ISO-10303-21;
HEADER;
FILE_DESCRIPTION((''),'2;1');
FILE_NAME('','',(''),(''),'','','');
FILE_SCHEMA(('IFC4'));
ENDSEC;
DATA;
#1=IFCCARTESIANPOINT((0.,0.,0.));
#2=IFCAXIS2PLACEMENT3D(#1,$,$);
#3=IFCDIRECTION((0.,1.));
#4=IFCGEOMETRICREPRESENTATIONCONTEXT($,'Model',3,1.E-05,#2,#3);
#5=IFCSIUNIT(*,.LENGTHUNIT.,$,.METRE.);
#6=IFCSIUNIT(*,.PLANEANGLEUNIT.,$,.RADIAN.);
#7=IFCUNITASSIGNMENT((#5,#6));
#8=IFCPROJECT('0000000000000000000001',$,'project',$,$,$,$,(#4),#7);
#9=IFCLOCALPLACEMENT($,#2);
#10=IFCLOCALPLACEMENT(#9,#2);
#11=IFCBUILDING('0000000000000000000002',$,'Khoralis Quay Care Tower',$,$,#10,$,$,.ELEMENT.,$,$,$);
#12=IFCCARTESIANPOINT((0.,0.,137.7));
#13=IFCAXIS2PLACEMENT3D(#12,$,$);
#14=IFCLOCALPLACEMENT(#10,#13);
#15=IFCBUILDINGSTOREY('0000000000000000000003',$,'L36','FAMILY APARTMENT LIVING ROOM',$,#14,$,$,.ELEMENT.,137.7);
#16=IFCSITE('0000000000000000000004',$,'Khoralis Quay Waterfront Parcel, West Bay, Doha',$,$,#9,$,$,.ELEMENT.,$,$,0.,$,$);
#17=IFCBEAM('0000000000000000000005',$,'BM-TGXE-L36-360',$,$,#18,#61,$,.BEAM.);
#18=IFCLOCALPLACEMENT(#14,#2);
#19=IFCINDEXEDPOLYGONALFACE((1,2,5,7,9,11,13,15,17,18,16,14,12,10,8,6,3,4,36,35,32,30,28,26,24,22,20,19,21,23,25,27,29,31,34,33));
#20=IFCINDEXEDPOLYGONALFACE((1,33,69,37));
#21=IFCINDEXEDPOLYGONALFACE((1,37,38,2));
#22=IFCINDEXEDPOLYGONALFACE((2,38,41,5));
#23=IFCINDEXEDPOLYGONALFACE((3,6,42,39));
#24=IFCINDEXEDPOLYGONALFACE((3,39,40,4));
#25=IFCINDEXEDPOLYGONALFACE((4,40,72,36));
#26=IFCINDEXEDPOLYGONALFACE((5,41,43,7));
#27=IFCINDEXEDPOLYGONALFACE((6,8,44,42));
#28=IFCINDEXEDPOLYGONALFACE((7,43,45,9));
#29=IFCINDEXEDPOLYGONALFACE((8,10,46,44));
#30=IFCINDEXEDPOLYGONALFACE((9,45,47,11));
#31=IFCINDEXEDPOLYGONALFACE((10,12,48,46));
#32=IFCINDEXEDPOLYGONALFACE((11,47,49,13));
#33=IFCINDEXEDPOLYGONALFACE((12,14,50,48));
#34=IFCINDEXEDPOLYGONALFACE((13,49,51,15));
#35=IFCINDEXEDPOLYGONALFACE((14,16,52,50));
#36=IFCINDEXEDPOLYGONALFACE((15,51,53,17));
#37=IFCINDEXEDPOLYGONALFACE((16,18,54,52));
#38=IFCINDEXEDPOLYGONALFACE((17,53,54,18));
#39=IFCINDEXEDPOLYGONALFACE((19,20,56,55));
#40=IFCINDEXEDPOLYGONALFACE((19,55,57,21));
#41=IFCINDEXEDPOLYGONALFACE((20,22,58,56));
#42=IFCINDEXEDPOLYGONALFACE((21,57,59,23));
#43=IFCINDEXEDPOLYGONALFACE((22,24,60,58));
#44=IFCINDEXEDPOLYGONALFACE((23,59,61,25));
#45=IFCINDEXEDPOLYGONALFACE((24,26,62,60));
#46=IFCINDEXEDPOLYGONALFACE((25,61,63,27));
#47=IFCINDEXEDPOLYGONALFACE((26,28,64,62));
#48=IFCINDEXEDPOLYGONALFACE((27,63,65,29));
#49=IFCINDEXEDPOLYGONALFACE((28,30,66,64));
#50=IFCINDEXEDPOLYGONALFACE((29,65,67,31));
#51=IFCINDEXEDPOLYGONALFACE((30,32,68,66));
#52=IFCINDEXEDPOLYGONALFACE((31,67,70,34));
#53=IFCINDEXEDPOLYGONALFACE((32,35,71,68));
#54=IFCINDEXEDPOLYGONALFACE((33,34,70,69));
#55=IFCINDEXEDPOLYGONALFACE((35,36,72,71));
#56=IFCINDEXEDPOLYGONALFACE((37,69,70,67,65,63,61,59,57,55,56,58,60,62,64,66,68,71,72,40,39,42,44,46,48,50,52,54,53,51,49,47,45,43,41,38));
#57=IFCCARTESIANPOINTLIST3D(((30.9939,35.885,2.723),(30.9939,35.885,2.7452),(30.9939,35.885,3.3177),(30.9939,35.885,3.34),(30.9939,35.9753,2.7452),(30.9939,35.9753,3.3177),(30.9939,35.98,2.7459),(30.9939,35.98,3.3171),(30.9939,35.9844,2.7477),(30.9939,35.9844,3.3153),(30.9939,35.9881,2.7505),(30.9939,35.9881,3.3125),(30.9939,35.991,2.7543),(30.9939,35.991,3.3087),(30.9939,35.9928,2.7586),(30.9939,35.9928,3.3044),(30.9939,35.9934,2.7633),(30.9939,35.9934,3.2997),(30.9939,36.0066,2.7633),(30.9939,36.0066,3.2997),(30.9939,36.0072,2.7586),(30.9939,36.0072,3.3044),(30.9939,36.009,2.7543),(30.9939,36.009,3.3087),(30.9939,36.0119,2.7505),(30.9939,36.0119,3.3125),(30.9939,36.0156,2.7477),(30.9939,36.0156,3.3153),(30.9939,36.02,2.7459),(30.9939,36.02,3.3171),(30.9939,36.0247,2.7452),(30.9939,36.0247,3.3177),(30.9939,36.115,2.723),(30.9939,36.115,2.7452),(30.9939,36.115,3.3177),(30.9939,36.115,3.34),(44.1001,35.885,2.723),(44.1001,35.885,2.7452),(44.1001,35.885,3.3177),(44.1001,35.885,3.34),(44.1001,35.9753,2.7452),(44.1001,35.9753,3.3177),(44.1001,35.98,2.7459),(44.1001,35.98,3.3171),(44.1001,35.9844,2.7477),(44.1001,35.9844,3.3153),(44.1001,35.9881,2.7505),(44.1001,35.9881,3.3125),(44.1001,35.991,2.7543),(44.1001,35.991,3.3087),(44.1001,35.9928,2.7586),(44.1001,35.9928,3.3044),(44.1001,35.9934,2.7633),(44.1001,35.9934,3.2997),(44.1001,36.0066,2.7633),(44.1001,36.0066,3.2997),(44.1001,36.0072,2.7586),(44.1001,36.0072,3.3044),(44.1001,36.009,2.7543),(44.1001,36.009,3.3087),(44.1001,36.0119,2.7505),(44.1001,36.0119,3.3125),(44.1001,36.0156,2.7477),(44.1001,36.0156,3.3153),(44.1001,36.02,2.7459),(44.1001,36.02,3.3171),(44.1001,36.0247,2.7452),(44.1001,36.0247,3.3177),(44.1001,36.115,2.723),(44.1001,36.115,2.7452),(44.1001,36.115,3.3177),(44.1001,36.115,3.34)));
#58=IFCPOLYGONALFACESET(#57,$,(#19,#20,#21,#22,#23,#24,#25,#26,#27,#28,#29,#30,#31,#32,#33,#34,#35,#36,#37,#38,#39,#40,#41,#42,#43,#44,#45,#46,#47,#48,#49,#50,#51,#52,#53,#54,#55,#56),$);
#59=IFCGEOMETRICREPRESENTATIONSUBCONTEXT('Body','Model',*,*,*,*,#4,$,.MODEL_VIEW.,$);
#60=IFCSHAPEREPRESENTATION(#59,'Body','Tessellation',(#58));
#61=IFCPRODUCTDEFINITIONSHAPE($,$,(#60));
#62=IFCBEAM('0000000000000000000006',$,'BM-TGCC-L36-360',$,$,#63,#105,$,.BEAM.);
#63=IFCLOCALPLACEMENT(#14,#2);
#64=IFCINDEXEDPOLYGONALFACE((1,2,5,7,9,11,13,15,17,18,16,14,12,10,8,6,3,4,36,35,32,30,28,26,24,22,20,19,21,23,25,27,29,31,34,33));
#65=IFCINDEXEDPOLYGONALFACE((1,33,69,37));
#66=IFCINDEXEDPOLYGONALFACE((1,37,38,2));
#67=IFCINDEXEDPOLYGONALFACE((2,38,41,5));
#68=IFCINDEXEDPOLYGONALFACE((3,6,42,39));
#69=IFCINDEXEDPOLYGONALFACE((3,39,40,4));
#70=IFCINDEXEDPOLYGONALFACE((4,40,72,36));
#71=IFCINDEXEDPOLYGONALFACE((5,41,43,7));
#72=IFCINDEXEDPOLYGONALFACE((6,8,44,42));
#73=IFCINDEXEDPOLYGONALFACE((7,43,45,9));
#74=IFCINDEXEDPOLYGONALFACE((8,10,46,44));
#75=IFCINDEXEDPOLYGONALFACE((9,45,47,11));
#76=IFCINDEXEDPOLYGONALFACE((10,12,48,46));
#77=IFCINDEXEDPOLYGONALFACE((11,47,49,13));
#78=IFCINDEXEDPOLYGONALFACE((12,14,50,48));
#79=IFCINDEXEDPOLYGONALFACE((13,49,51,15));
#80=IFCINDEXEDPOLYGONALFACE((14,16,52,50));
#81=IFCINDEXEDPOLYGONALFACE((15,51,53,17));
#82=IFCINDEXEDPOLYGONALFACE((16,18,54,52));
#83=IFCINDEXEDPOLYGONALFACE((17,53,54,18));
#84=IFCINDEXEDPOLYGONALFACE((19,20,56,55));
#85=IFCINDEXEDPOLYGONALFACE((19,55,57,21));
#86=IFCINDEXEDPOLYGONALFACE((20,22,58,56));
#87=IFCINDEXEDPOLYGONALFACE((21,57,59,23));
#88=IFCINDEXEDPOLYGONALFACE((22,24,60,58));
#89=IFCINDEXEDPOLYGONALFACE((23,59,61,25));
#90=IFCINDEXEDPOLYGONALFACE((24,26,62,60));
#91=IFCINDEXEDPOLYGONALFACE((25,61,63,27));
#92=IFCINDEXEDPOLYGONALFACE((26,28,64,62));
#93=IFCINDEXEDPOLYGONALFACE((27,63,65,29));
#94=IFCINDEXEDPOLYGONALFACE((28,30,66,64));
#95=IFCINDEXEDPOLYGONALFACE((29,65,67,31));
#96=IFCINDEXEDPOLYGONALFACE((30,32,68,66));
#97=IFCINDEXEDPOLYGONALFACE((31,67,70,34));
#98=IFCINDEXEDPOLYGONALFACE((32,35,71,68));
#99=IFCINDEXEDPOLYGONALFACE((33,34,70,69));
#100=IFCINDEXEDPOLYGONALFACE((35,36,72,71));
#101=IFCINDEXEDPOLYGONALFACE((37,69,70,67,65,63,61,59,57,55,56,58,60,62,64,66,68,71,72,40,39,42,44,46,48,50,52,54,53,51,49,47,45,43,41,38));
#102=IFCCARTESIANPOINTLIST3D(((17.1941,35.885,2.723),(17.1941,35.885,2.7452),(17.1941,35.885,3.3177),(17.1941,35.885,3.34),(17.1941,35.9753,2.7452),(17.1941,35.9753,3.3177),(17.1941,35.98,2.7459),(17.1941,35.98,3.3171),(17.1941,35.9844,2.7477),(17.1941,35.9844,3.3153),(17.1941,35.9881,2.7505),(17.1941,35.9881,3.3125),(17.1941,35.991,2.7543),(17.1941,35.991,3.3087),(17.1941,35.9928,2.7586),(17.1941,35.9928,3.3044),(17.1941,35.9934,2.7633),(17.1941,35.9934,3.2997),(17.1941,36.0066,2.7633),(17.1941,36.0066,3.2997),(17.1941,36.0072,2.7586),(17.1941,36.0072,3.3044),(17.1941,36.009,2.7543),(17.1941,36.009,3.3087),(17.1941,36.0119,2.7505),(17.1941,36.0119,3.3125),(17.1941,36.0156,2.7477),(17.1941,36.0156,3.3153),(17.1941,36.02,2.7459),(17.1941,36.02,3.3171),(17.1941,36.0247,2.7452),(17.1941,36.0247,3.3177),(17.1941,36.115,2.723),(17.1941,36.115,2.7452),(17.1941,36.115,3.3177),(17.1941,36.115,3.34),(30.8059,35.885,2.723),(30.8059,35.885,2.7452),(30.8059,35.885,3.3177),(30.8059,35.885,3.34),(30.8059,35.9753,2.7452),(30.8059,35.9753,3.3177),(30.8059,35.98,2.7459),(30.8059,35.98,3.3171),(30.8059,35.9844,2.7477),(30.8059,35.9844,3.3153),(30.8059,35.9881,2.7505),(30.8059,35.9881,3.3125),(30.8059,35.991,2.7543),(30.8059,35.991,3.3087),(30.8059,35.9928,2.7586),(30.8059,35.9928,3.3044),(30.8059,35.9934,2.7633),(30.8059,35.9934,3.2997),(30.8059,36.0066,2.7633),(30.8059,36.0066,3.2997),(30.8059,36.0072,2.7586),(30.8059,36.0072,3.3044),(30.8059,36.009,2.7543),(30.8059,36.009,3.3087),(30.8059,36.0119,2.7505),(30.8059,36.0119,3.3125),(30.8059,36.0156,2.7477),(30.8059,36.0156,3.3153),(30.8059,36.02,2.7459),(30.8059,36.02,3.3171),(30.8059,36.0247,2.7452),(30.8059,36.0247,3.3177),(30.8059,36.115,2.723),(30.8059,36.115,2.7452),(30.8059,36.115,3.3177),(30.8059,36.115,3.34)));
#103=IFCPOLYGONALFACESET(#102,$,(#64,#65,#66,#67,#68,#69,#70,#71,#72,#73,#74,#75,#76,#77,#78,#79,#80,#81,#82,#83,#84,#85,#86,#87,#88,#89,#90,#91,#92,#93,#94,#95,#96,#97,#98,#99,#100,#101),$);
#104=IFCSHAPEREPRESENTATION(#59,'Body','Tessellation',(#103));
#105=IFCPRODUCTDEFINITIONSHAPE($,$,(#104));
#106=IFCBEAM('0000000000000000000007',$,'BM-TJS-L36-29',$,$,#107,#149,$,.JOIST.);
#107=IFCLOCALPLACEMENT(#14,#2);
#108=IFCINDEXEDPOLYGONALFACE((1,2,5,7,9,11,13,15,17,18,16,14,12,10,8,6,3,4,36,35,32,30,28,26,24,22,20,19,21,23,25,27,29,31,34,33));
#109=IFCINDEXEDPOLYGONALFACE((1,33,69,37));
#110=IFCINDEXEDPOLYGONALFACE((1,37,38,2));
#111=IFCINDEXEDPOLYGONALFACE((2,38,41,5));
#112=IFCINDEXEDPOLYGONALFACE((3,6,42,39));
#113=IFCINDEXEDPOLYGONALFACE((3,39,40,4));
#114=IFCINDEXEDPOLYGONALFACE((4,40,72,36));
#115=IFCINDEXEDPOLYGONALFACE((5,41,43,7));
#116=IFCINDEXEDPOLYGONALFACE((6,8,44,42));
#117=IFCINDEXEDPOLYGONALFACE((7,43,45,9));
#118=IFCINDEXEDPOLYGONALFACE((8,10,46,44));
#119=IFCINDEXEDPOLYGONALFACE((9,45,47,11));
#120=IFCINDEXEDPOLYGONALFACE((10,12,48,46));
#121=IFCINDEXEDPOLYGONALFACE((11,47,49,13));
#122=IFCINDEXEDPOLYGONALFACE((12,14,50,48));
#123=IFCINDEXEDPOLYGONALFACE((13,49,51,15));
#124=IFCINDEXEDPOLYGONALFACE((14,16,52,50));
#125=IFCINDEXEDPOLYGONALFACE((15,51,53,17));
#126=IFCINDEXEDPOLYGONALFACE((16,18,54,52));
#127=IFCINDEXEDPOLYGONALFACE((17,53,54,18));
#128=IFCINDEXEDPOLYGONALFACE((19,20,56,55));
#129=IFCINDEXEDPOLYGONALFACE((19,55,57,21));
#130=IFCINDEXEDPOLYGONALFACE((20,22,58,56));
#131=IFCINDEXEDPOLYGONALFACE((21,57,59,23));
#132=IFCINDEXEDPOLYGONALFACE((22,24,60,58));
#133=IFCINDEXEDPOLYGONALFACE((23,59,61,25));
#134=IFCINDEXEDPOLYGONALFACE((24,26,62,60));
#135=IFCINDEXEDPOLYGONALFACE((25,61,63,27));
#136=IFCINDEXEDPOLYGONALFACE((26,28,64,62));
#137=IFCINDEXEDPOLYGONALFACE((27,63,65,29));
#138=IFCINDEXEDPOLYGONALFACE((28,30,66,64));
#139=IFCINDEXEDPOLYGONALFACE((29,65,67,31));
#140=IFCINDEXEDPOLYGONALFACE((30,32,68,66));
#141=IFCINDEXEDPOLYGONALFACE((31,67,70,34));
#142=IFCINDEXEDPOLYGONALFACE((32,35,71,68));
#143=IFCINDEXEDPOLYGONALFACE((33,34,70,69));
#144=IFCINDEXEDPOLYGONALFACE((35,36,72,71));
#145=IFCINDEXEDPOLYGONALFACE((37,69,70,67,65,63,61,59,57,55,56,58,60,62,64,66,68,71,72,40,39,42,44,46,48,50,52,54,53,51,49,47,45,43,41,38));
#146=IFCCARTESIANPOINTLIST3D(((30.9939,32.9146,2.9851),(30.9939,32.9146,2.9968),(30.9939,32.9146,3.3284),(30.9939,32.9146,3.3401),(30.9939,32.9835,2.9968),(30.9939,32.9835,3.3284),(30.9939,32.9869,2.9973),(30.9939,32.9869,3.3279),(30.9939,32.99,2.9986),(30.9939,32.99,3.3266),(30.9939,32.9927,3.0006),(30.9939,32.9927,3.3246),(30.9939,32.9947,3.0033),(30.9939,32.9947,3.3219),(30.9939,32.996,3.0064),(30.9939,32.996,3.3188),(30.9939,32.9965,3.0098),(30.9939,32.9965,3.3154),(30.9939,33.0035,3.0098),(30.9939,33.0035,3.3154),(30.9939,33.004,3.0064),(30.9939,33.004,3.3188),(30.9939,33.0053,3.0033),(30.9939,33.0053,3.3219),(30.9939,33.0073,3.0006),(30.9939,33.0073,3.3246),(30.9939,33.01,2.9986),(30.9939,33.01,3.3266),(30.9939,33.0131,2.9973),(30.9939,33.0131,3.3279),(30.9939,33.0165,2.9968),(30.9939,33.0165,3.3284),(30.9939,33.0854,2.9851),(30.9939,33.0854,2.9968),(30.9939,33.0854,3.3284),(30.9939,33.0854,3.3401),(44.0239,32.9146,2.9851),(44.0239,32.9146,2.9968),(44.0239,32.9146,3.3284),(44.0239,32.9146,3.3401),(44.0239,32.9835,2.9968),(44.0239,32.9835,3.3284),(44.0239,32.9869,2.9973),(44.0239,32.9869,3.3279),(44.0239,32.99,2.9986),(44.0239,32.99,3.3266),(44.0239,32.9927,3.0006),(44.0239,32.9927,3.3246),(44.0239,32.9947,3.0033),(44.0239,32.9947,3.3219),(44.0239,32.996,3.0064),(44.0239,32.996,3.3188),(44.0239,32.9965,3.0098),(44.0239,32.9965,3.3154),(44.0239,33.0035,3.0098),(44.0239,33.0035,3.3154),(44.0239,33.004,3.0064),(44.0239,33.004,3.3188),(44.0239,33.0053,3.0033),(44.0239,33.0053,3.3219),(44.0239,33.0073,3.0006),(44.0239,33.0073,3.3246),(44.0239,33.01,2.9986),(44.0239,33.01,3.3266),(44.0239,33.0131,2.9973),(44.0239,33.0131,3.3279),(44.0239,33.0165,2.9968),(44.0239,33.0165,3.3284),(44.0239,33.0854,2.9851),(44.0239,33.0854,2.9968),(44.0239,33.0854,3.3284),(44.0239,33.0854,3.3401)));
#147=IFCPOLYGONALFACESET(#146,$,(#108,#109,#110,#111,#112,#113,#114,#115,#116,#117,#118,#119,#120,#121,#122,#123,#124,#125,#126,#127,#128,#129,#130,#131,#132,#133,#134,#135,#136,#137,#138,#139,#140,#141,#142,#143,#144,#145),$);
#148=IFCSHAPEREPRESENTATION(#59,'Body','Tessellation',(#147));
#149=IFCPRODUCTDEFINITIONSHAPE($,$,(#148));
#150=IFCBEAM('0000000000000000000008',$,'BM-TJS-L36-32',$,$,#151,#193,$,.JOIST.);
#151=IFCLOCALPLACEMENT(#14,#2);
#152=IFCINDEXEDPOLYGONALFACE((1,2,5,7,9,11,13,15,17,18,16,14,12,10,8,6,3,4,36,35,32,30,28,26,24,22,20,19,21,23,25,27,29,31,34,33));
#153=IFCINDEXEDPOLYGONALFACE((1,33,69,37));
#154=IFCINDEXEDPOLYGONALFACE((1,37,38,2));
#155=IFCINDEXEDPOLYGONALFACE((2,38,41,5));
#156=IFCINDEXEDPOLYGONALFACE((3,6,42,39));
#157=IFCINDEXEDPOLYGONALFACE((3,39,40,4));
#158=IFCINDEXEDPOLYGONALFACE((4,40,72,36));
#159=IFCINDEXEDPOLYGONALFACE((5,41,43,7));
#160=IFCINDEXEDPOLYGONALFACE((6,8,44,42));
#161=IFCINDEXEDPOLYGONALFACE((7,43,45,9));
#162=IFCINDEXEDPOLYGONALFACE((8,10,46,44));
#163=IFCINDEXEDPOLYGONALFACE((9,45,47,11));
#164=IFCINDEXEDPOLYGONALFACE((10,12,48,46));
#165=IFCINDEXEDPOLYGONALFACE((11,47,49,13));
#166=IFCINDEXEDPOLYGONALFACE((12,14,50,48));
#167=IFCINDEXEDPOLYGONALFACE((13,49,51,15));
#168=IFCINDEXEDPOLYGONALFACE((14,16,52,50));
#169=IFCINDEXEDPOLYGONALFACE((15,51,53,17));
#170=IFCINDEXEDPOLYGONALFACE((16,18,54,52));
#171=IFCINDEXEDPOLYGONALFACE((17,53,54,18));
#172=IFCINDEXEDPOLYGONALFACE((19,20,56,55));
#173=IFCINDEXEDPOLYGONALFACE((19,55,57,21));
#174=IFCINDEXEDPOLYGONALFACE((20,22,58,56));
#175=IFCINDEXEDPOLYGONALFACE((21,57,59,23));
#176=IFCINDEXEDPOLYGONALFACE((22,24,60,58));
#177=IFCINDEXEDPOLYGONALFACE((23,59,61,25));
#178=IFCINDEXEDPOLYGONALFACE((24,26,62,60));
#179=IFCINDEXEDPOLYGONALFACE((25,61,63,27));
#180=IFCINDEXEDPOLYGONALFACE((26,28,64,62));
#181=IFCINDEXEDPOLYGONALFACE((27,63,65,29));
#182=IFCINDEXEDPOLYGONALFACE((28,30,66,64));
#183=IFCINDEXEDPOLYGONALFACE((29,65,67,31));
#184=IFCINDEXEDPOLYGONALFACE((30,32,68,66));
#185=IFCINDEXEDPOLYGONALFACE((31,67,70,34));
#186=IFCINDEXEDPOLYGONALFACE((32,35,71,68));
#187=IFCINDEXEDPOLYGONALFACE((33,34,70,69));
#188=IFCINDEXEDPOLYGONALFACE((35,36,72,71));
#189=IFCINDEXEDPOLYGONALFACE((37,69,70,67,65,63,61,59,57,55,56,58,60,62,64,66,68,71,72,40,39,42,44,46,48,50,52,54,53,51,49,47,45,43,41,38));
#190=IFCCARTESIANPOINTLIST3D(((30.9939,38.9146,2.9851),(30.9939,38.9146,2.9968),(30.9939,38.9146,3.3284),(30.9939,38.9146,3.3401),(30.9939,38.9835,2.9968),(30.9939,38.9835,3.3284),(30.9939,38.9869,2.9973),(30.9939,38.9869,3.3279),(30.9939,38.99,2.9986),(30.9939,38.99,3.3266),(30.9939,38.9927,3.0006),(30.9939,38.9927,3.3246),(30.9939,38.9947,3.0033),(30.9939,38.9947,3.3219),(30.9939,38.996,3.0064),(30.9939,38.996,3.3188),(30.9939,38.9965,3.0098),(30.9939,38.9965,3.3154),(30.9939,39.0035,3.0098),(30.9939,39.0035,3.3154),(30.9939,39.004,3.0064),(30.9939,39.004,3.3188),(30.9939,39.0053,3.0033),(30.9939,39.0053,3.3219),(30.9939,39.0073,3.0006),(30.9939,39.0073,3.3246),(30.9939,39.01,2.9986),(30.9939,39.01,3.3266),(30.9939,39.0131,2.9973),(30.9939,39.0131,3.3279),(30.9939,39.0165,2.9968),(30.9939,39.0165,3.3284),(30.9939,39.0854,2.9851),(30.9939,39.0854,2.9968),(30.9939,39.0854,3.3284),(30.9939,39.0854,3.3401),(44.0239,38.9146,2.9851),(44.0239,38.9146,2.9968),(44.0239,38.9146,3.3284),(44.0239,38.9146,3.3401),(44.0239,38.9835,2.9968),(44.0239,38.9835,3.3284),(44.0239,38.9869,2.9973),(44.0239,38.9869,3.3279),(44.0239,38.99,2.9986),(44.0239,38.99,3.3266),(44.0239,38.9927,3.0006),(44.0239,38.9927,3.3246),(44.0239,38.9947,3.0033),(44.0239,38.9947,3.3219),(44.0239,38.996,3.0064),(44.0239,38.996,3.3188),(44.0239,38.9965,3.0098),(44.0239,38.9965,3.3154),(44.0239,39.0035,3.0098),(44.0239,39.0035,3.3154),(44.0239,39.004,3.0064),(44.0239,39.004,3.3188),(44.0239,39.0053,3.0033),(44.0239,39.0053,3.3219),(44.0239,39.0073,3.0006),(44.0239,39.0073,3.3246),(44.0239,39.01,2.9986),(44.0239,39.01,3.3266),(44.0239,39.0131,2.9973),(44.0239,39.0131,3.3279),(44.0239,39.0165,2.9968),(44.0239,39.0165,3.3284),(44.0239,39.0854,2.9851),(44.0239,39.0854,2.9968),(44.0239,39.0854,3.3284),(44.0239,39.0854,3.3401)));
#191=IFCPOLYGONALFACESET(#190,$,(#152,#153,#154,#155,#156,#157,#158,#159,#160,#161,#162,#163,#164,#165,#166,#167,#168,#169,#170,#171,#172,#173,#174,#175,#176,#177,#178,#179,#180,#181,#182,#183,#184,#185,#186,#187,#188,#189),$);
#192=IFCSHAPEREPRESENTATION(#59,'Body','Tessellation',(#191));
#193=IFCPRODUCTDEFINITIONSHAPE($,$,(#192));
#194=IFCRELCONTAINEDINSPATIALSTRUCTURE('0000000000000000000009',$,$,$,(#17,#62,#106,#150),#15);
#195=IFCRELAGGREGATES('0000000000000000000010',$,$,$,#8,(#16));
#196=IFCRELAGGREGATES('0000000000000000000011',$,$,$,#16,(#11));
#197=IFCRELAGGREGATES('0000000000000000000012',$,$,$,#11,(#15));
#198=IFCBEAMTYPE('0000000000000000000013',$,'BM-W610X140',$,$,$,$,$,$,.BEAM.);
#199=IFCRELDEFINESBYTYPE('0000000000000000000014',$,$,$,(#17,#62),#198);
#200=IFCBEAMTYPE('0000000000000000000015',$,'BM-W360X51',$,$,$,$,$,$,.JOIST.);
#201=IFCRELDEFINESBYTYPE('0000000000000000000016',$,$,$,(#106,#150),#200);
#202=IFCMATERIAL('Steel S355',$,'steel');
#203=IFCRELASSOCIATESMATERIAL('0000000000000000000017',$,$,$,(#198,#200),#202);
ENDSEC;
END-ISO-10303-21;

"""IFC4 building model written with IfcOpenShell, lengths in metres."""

from ifc_helpers import new_model, si_unit, direction, frame, origin, origin_2d, place, context, subcontext, project, spatial, i_section, extrude, source, transform, mapped, material, material_profile, profile_set, type_object, element, save


model = new_model("IFC4")

# Units and contexts
model_context = context("Model", 3, precision=1e-05, world=origin(), true_north=direction((0.0, 1.0)))
body_context = subcontext(model_context, "Body", "Model", "MODEL_VIEW")
ifc_project = project(units=[si_unit("LENGTHUNIT", "METRE"), si_unit("PLANEANGLEUNIT", "RADIAN")], contexts=[model_context])

# Site, building, storey
site_placement = place(None, origin())
site = spatial("IfcSite", under=ifc_project, at=site_placement, Name="Khoralis Quay Waterfront Parcel, West Bay, Doha", CompositionType="ELEMENT", RefElevation=0.0)
building_placement = place(site_placement, origin())
building = spatial("IfcBuilding", under=site, at=building_placement, Name="Khoralis Quay Care Tower", CompositionType="ELEMENT")
storey_placement = place(building_placement, frame((0.0, 0.0, 137.7)))
storey = spatial("IfcBuildingStorey", under=building, at=storey_placement, Name="L36", Description="FAMILY APARTMENT LIVING ROOM", CompositionType="ELEMENT", Elevation=137.7)

# Beams
ifc_material_1 = material(Name="Steel S355", Category="steel")
ifc_material_profile_1 = material_profile(ifc_material_1, i_section(OverallWidth=0.23, OverallDepth=0.6169, WebThickness=0.0132, FlangeThickness=0.0222, FilletRadius=0.0181, at=origin_2d()), Name="Steel S355")
ifc_profile_set_1 = profile_set([ifc_material_profile_1], Name="Steel S355")
beam_type_1 = type_object("IfcBeamType", Name="BM-W610X140", PredefinedType="BEAM", material=ifc_profile_set_1)
shared_shape_1 = source(origin(), body_context, "Body", "SweptSolid", [
    extrude(i_section(OverallWidth=0.23, OverallDepth=0.6169, WebThickness=0.0132, FlangeThickness=0.0222, FilletRadius=0.0181, at=origin_2d()), origin(), (0.0, 0.0, 1.0), 13.1062),
])
beam_1_placement = place(storey_placement, frame((30.9939, 36.0, 3.0315), z_axis=(1.0, 0.0, 0.0), x_axis=(0.0, 1.0, 0.0)))
element("IfcBeam", 1, at=beam_1_placement, inside=storey, type_object=beam_type_1, Name="BM-TGXE-L36-360", PredefinedType="BEAM", context=body_context, shape_type="MappedRepresentation", body=[
    mapped(shared_shape_1, transform((0.0, 0.0, 0.0), scale=1.0)),
])
shared_shape_2 = source(origin(), body_context, "Body", "SweptSolid", [
    extrude(i_section(OverallWidth=0.23, OverallDepth=0.6169, WebThickness=0.0132, FlangeThickness=0.0222, FilletRadius=0.0181, at=origin_2d()), origin(), (0.0, 0.0, 1.0), 13.6118),
])
beam_2_placement = place(storey_placement, frame((17.1941, 36.0, 3.0315), z_axis=(1.0, 0.0, 0.0), x_axis=(0.0, 1.0, 0.0)))
element("IfcBeam", 2, at=beam_2_placement, inside=storey, type_object=beam_type_1, Name="BM-TGCC-L36-360", PredefinedType="BEAM", context=body_context, shape_type="MappedRepresentation", body=[
    mapped(shared_shape_2, transform((0.0, 0.0, 0.0), scale=1.0)),
])
ifc_material_profile_2 = material_profile(ifc_material_1, i_section(OverallWidth=0.1709, OverallDepth=0.355, WebThickness=0.0071, FlangeThickness=0.0117, FilletRadius=0.0129, at=origin_2d()), Name="Steel S355")
ifc_profile_set_2 = profile_set([ifc_material_profile_2], Name="Steel S355")
beam_type_2 = type_object("IfcBeamType", Name="BM-W360X51", PredefinedType="JOIST", material=ifc_profile_set_2)
shared_shape_3 = source(origin(), body_context, "Body", "SweptSolid", [
    extrude(i_section(OverallWidth=0.1709, OverallDepth=0.355, WebThickness=0.0071, FlangeThickness=0.0117, FilletRadius=0.0129, at=origin_2d()), origin(), (0.0, 0.0, 1.0), 13.03),
])
for number, where, z_axis, x_axis, name in (
    (3, (30.9939, 33.0, 3.1626), (1.0, 0.0, 0.0), (0.0, 1.0, 0.0), "BM-TJS-L36-29"),
    (4, (30.9939, 39.0, 3.1626), (1.0, 0.0, 0.0), (0.0, 1.0, 0.0), "BM-TJS-L36-32"),
):
    element("IfcBeam", number, at=place(storey_placement, frame(where, z_axis=z_axis, x_axis=x_axis)), inside=storey, type_object=beam_type_2, Name=name, PredefinedType="JOIST", context=body_context, shape_type="MappedRepresentation", body=[
        mapped(shared_shape_3, transform((0.0, 0.0, 0.0), scale=1.0)),
    ])

save(model, "model.ifc")
